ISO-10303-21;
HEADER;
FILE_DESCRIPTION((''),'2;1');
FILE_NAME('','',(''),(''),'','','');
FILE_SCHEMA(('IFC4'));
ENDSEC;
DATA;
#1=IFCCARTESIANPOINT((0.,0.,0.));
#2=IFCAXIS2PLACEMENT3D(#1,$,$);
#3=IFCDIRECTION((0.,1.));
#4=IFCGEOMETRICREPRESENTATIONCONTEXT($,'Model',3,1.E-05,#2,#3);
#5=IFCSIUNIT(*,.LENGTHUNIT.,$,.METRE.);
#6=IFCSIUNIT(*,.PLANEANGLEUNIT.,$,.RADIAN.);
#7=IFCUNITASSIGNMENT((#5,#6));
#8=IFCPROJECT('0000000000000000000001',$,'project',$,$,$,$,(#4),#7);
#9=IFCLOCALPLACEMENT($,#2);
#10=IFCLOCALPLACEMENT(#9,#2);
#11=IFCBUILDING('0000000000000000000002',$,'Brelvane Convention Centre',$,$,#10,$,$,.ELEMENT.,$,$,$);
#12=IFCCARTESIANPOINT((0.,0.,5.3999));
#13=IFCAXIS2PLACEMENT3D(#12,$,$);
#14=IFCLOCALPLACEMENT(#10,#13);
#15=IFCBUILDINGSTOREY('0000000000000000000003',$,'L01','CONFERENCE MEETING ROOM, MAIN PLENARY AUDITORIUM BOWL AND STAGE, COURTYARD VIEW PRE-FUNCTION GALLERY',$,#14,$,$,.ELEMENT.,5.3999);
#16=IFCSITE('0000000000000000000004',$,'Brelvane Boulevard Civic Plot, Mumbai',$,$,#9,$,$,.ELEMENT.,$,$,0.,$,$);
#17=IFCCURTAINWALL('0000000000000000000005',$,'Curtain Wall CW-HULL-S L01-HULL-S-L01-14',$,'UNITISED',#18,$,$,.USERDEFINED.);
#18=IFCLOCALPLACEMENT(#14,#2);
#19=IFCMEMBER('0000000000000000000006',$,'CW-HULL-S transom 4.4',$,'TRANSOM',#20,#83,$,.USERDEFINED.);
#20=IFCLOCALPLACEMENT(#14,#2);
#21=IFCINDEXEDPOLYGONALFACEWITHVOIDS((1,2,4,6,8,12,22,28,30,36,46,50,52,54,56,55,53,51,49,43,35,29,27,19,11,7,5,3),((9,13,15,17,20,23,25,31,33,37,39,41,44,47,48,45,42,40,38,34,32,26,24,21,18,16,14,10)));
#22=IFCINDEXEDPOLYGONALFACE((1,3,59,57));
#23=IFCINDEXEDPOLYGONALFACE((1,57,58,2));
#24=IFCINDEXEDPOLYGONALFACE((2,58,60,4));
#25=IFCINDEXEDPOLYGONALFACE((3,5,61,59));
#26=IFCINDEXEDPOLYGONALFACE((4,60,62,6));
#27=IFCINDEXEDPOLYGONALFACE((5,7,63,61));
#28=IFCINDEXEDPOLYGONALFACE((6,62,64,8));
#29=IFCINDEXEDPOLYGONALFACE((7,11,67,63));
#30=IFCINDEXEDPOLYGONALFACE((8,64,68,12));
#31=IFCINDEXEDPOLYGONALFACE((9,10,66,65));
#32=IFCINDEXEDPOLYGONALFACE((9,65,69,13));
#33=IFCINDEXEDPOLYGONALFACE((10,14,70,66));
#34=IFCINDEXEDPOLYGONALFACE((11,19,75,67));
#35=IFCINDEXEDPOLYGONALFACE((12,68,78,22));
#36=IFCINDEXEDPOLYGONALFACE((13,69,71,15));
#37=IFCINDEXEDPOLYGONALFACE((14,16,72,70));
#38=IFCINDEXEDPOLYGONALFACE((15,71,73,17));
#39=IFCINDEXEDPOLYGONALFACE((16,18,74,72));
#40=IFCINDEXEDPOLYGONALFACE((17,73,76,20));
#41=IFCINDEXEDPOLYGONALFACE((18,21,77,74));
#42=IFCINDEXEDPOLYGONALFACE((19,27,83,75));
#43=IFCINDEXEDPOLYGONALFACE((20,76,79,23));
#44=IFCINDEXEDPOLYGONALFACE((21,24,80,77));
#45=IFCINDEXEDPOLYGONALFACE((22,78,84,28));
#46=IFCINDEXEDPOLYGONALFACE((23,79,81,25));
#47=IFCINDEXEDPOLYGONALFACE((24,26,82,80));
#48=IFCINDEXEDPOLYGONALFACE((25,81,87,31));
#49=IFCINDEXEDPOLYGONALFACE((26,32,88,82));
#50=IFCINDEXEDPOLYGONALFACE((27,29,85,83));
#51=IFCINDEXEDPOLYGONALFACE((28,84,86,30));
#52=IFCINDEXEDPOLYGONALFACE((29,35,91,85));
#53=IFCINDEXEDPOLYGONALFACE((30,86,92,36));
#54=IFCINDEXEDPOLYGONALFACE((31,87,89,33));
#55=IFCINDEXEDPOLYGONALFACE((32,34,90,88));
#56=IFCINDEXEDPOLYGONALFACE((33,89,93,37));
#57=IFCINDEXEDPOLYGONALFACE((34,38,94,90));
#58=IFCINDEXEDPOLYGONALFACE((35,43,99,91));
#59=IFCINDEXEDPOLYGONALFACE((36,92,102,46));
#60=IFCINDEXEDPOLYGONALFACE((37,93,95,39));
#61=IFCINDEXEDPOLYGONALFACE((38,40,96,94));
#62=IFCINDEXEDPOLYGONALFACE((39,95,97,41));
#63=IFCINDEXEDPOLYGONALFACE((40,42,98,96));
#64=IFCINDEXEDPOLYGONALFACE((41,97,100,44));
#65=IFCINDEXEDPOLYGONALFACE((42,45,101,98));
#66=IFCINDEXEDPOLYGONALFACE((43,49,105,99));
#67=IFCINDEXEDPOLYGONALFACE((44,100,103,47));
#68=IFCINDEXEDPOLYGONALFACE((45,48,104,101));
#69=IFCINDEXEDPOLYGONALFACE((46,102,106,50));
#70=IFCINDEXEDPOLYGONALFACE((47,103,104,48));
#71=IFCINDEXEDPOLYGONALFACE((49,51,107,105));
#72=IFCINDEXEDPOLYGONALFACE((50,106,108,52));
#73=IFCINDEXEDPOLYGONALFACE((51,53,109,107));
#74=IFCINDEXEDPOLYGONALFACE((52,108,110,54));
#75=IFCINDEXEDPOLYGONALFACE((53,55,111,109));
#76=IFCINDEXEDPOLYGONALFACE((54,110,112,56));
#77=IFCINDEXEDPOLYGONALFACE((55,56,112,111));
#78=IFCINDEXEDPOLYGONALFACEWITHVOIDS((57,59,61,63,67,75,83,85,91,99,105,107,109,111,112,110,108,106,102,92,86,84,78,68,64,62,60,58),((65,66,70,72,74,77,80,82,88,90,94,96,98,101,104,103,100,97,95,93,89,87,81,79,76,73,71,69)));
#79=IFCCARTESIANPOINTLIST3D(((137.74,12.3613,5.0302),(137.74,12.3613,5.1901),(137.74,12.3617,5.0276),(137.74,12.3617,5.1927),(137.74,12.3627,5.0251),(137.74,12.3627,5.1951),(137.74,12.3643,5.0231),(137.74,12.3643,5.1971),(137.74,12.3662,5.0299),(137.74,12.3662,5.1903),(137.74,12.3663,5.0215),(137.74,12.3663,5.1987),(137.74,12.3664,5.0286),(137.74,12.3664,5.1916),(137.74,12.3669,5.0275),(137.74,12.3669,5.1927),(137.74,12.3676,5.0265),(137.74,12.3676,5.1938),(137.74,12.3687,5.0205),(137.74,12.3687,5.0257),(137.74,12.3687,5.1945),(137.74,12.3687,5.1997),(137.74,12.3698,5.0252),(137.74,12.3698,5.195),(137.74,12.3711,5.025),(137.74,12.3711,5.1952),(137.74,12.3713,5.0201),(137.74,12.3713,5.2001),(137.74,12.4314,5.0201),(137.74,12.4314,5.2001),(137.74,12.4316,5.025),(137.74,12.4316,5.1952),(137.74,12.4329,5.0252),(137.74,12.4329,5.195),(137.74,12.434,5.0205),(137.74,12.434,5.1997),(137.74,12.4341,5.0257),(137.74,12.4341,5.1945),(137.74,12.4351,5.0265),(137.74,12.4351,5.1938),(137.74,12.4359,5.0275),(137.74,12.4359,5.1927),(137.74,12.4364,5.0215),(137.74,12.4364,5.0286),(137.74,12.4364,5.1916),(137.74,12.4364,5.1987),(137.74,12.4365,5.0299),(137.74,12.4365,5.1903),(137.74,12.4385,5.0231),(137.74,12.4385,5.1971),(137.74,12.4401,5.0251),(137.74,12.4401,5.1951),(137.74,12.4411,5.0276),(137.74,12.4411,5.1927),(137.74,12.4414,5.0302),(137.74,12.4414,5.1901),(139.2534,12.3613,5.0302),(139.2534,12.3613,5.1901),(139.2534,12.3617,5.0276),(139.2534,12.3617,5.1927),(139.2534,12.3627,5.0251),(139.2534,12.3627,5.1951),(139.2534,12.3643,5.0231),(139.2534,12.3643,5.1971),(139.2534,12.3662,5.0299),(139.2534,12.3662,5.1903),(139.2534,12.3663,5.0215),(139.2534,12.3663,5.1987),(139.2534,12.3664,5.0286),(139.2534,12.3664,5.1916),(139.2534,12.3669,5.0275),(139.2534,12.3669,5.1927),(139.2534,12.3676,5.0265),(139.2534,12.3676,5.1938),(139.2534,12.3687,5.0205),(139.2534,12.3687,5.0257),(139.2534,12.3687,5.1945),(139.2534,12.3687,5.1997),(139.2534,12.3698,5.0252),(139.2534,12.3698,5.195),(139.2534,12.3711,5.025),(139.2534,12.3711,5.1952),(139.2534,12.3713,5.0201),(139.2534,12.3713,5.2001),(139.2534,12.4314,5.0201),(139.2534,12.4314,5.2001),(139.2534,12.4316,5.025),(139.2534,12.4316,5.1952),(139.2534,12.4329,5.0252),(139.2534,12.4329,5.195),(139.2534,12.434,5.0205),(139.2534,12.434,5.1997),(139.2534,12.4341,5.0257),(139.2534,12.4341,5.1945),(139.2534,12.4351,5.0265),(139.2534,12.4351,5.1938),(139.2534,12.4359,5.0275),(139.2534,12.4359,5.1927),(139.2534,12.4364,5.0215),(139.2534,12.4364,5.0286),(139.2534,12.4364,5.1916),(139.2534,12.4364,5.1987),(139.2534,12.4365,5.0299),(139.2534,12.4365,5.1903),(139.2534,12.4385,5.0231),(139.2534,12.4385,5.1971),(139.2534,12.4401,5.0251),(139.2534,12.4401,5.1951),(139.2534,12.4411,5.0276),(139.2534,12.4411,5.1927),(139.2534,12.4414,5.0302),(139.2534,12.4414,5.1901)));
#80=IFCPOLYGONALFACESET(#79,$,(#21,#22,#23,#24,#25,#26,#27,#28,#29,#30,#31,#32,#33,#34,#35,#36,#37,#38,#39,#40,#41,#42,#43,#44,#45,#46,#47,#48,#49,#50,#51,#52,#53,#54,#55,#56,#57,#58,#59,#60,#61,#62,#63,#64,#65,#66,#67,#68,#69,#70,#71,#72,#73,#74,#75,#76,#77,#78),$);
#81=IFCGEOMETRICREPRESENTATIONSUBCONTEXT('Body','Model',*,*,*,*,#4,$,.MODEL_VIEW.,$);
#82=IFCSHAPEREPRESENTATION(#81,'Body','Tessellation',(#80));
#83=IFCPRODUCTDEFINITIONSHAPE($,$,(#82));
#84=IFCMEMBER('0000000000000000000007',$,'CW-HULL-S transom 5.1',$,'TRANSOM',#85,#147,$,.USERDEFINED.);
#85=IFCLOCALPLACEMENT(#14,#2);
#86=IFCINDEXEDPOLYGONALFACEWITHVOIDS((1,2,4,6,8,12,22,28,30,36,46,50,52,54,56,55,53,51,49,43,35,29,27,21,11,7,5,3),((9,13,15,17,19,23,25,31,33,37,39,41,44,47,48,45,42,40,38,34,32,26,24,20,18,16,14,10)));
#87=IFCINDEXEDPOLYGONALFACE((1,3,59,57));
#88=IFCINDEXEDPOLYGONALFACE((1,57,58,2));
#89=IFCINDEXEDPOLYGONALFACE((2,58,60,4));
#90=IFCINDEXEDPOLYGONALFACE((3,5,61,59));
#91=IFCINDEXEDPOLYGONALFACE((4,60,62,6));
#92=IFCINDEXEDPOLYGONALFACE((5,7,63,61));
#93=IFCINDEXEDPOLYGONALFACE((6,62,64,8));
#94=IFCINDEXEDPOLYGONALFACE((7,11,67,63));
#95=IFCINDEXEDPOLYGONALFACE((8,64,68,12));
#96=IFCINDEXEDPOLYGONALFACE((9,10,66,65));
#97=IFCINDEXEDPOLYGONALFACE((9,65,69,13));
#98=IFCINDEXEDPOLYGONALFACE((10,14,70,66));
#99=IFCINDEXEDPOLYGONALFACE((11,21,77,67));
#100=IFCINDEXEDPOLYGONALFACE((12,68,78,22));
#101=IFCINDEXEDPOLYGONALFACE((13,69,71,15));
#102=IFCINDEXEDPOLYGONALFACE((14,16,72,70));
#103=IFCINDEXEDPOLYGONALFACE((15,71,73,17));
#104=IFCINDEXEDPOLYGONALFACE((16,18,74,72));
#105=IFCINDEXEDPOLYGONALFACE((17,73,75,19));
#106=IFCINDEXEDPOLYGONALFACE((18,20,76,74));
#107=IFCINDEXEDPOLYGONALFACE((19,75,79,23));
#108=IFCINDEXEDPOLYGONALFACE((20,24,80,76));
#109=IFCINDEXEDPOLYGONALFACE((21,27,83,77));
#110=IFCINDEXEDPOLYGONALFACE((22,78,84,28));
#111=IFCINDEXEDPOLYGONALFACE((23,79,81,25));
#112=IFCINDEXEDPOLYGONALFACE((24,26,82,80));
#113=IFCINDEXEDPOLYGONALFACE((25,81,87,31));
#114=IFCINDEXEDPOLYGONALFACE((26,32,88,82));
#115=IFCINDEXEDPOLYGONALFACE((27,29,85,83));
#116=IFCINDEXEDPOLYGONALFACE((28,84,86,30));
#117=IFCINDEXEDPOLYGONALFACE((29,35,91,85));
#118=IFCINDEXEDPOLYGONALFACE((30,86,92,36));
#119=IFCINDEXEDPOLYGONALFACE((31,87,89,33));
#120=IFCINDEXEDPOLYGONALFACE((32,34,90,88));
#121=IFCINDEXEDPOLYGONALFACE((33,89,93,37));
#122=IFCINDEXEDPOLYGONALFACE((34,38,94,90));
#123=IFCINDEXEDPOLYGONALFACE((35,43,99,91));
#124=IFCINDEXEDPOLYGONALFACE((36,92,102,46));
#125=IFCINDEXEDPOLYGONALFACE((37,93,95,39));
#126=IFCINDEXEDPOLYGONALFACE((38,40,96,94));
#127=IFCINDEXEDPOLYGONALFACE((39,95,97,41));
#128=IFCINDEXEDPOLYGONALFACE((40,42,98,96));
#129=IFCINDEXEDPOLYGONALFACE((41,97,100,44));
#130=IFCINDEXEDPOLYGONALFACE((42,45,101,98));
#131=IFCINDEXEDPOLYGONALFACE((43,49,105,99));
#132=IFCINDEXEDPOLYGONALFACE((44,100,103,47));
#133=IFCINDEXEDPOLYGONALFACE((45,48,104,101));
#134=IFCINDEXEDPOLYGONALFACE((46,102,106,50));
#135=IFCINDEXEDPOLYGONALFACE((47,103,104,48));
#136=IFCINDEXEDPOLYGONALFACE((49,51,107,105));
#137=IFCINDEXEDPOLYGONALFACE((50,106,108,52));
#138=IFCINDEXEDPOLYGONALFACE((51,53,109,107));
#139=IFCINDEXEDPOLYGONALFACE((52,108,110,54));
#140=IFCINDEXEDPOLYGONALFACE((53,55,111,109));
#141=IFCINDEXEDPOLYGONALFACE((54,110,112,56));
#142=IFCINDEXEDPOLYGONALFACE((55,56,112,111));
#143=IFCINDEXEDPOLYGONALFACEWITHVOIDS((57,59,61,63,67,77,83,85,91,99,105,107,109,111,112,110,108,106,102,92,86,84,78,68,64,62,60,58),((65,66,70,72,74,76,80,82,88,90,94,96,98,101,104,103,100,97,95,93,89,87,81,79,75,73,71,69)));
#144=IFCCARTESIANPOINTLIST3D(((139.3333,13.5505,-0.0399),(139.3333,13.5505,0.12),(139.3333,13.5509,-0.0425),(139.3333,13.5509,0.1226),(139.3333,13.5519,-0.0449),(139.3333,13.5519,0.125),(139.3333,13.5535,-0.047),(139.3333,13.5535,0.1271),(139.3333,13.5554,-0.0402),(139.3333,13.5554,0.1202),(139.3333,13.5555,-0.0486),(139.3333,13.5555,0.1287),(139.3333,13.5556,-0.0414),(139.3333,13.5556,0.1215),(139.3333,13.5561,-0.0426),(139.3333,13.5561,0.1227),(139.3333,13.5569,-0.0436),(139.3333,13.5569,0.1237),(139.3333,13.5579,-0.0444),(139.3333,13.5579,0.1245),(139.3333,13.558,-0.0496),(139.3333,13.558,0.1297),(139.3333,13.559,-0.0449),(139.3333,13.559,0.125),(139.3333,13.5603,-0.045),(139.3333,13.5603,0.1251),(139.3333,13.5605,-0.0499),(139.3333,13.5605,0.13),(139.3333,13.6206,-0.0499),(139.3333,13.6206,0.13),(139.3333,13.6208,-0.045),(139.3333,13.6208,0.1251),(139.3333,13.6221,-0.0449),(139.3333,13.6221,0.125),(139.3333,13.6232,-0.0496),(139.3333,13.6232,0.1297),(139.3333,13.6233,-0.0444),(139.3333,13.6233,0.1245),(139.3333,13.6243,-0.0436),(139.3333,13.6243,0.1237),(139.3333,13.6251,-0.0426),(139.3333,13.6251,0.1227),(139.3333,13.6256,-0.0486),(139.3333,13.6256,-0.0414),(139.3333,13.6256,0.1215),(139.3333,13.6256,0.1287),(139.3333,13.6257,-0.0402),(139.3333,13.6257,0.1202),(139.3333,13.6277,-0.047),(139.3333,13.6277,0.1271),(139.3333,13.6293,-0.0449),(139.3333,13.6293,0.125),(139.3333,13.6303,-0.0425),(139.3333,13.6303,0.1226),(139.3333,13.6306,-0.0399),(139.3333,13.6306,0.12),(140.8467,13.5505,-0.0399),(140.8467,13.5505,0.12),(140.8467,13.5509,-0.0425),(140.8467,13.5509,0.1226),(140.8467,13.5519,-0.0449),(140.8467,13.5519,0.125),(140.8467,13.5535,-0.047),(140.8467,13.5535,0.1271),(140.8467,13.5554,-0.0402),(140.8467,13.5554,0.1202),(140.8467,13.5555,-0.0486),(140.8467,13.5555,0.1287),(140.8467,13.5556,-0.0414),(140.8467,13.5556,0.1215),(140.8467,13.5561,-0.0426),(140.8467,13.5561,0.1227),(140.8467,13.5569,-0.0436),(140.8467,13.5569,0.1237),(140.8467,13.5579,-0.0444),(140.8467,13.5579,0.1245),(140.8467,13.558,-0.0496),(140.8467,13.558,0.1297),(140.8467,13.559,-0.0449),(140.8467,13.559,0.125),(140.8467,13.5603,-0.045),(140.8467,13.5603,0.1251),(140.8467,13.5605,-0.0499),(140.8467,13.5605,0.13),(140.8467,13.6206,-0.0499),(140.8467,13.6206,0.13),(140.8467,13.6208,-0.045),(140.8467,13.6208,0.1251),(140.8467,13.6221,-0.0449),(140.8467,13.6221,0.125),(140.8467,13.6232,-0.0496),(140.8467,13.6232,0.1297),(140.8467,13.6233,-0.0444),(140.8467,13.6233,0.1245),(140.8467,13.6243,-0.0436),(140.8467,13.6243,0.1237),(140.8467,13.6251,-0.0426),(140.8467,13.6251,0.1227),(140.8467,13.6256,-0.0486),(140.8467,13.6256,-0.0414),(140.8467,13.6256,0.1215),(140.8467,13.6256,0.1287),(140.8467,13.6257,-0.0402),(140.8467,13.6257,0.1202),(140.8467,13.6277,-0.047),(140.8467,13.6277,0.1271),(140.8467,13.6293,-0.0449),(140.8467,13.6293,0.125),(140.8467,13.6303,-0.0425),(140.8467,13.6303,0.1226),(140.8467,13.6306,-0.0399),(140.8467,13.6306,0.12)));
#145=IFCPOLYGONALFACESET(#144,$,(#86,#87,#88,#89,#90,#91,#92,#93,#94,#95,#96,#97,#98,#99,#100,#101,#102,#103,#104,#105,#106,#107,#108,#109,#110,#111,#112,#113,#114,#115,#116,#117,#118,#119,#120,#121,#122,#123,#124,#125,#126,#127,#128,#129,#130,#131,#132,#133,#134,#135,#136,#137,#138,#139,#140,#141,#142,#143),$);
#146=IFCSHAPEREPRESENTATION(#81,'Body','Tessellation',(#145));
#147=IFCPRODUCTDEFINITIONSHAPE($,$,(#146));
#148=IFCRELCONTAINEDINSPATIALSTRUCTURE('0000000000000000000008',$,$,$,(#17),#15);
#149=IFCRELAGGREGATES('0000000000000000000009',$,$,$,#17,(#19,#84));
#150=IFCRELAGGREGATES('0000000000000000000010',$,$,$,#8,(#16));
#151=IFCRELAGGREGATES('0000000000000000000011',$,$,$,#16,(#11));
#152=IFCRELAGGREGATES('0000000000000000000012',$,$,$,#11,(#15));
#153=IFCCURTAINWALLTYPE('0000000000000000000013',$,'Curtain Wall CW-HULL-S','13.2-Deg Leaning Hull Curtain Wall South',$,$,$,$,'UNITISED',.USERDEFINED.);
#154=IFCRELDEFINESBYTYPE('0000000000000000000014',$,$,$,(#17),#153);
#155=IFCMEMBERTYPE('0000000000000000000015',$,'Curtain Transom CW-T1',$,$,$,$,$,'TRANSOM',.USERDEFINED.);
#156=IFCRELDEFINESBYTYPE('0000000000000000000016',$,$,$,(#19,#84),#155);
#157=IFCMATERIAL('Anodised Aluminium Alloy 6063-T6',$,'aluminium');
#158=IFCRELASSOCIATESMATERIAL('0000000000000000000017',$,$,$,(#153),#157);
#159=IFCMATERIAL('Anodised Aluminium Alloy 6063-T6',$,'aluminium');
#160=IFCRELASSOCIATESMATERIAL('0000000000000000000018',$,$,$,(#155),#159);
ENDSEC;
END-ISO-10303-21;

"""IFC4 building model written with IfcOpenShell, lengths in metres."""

from ifc_helpers import new_model, si_unit, direction, frame, origin, origin_2d, place, context, subcontext, project, spatial, hollow_rectangle, extrude, material, material_profile, profile_set, type_object, element, aggregate, save


model = new_model("IFC4")

# Units and contexts
model_context = context("Model", 3, precision=1e-05, world=origin(), true_north=direction((0.0, 1.0)))
body_context = subcontext(model_context, "Body", "Model", "MODEL_VIEW")
ifc_project = project(units=[si_unit("LENGTHUNIT", "METRE"), si_unit("PLANEANGLEUNIT", "RADIAN")], contexts=[model_context])

# Site, building, storey
site_placement = place(None, origin())
site = spatial("IfcSite", under=ifc_project, at=site_placement, Name="Brelvane Boulevard Civic Plot, Mumbai", CompositionType="ELEMENT", RefElevation=0.0)
building_placement = place(site_placement, origin())
building = spatial("IfcBuilding", under=site, at=building_placement, Name="Brelvane Convention Centre", CompositionType="ELEMENT")
storey_placement = place(building_placement, frame((0.0, 0.0, 5.3999)))
storey = spatial("IfcBuildingStorey", under=building, at=storey_placement, Name="L01", Description="CONFERENCE MEETING ROOM, MAIN PLENARY AUDITORIUM BOWL AND STAGE, COURTYARD VIEW PRE-FUNCTION GALLERY", CompositionType="ELEMENT", Elevation=5.3999)

# Curtain wall, members
ifc_material_1 = material(Name="Anodised Aluminium Alloy 6063-T6", Category="aluminium")
curtain_wall_type = type_object("IfcCurtainWallType", Name="Curtain Wall CW-HULL-S", Description="13.2-Deg Leaning Hull Curtain Wall South", ElementType="UNITISED", PredefinedType="USERDEFINED", material=ifc_material_1)
curtain_wall_1_placement = place(storey_placement, origin())
curtain_wall_1 = element("IfcCurtainWall", 1, at=curtain_wall_1_placement, inside=storey, type_object=curtain_wall_type, Name="Curtain Wall CW-HULL-S L01-HULL-S-L01-14", ObjectType="UNITISED", PredefinedType="USERDEFINED")
ifc_material_2 = material(Name="Anodised Aluminium Alloy 6063-T6", Category="aluminium")
ifc_material_profile_1 = material_profile(ifc_material_2, hollow_rectangle(XDim=0.0801, YDim=0.1799, WallThickness=0.0049, InnerFilletRadius=0.0049, OuterFilletRadius=0.01, at=origin_2d()), Name="ALU-T 180x80x5.0")
ifc_profile_set_1 = profile_set([ifc_material_profile_1], Name="Anodised Aluminium Alloy 6063-T6")
member_type_1 = type_object("IfcMemberType", Name="Curtain Transom CW-T1", ElementType="TRANSOM", PredefinedType="USERDEFINED", material=ifc_profile_set_1)
member_1_placement = place(storey_placement, frame((137.74, 12.4014, 5.1101), z_axis=(1.0, 0.0, 0.0), x_axis=(0.0, 1.0, 0.0)))
member_1 = element("IfcMember", 2, at=member_1_placement, type_object=member_type_1, Name="CW-HULL-S transom 4.4", ObjectType="TRANSOM", PredefinedType="USERDEFINED", context=body_context, shape_type="SweptSolid", body=[
    extrude(hollow_rectangle(XDim=0.0801, YDim=0.1799, WallThickness=0.0049, InnerFilletRadius=0.0049, OuterFilletRadius=0.01, at=origin_2d()), origin(), (0.0, 0.0, 1.0), 1.5134),
])
member_2_placement = place(storey_placement, frame((139.3333, 13.5906, 0.04), z_axis=(1.0, 0.0, 0.0), x_axis=(0.0, 1.0, 0.0)))
member_2 = element("IfcMember", 3, at=member_2_placement, type_object=member_type_1, Name="CW-HULL-S transom 5.1", ObjectType="TRANSOM", PredefinedType="USERDEFINED", context=body_context, shape_type="SweptSolid", body=[
    extrude(hollow_rectangle(XDim=0.0801, YDim=0.1799, WallThickness=0.0049, InnerFilletRadius=0.0049, OuterFilletRadius=0.01, at=origin_2d()), origin(), (0.0, 0.0, 1.0), 1.5134),
])

aggregate(curtain_wall_1, [member_1, member_2])

save(model, "model.ifc")
